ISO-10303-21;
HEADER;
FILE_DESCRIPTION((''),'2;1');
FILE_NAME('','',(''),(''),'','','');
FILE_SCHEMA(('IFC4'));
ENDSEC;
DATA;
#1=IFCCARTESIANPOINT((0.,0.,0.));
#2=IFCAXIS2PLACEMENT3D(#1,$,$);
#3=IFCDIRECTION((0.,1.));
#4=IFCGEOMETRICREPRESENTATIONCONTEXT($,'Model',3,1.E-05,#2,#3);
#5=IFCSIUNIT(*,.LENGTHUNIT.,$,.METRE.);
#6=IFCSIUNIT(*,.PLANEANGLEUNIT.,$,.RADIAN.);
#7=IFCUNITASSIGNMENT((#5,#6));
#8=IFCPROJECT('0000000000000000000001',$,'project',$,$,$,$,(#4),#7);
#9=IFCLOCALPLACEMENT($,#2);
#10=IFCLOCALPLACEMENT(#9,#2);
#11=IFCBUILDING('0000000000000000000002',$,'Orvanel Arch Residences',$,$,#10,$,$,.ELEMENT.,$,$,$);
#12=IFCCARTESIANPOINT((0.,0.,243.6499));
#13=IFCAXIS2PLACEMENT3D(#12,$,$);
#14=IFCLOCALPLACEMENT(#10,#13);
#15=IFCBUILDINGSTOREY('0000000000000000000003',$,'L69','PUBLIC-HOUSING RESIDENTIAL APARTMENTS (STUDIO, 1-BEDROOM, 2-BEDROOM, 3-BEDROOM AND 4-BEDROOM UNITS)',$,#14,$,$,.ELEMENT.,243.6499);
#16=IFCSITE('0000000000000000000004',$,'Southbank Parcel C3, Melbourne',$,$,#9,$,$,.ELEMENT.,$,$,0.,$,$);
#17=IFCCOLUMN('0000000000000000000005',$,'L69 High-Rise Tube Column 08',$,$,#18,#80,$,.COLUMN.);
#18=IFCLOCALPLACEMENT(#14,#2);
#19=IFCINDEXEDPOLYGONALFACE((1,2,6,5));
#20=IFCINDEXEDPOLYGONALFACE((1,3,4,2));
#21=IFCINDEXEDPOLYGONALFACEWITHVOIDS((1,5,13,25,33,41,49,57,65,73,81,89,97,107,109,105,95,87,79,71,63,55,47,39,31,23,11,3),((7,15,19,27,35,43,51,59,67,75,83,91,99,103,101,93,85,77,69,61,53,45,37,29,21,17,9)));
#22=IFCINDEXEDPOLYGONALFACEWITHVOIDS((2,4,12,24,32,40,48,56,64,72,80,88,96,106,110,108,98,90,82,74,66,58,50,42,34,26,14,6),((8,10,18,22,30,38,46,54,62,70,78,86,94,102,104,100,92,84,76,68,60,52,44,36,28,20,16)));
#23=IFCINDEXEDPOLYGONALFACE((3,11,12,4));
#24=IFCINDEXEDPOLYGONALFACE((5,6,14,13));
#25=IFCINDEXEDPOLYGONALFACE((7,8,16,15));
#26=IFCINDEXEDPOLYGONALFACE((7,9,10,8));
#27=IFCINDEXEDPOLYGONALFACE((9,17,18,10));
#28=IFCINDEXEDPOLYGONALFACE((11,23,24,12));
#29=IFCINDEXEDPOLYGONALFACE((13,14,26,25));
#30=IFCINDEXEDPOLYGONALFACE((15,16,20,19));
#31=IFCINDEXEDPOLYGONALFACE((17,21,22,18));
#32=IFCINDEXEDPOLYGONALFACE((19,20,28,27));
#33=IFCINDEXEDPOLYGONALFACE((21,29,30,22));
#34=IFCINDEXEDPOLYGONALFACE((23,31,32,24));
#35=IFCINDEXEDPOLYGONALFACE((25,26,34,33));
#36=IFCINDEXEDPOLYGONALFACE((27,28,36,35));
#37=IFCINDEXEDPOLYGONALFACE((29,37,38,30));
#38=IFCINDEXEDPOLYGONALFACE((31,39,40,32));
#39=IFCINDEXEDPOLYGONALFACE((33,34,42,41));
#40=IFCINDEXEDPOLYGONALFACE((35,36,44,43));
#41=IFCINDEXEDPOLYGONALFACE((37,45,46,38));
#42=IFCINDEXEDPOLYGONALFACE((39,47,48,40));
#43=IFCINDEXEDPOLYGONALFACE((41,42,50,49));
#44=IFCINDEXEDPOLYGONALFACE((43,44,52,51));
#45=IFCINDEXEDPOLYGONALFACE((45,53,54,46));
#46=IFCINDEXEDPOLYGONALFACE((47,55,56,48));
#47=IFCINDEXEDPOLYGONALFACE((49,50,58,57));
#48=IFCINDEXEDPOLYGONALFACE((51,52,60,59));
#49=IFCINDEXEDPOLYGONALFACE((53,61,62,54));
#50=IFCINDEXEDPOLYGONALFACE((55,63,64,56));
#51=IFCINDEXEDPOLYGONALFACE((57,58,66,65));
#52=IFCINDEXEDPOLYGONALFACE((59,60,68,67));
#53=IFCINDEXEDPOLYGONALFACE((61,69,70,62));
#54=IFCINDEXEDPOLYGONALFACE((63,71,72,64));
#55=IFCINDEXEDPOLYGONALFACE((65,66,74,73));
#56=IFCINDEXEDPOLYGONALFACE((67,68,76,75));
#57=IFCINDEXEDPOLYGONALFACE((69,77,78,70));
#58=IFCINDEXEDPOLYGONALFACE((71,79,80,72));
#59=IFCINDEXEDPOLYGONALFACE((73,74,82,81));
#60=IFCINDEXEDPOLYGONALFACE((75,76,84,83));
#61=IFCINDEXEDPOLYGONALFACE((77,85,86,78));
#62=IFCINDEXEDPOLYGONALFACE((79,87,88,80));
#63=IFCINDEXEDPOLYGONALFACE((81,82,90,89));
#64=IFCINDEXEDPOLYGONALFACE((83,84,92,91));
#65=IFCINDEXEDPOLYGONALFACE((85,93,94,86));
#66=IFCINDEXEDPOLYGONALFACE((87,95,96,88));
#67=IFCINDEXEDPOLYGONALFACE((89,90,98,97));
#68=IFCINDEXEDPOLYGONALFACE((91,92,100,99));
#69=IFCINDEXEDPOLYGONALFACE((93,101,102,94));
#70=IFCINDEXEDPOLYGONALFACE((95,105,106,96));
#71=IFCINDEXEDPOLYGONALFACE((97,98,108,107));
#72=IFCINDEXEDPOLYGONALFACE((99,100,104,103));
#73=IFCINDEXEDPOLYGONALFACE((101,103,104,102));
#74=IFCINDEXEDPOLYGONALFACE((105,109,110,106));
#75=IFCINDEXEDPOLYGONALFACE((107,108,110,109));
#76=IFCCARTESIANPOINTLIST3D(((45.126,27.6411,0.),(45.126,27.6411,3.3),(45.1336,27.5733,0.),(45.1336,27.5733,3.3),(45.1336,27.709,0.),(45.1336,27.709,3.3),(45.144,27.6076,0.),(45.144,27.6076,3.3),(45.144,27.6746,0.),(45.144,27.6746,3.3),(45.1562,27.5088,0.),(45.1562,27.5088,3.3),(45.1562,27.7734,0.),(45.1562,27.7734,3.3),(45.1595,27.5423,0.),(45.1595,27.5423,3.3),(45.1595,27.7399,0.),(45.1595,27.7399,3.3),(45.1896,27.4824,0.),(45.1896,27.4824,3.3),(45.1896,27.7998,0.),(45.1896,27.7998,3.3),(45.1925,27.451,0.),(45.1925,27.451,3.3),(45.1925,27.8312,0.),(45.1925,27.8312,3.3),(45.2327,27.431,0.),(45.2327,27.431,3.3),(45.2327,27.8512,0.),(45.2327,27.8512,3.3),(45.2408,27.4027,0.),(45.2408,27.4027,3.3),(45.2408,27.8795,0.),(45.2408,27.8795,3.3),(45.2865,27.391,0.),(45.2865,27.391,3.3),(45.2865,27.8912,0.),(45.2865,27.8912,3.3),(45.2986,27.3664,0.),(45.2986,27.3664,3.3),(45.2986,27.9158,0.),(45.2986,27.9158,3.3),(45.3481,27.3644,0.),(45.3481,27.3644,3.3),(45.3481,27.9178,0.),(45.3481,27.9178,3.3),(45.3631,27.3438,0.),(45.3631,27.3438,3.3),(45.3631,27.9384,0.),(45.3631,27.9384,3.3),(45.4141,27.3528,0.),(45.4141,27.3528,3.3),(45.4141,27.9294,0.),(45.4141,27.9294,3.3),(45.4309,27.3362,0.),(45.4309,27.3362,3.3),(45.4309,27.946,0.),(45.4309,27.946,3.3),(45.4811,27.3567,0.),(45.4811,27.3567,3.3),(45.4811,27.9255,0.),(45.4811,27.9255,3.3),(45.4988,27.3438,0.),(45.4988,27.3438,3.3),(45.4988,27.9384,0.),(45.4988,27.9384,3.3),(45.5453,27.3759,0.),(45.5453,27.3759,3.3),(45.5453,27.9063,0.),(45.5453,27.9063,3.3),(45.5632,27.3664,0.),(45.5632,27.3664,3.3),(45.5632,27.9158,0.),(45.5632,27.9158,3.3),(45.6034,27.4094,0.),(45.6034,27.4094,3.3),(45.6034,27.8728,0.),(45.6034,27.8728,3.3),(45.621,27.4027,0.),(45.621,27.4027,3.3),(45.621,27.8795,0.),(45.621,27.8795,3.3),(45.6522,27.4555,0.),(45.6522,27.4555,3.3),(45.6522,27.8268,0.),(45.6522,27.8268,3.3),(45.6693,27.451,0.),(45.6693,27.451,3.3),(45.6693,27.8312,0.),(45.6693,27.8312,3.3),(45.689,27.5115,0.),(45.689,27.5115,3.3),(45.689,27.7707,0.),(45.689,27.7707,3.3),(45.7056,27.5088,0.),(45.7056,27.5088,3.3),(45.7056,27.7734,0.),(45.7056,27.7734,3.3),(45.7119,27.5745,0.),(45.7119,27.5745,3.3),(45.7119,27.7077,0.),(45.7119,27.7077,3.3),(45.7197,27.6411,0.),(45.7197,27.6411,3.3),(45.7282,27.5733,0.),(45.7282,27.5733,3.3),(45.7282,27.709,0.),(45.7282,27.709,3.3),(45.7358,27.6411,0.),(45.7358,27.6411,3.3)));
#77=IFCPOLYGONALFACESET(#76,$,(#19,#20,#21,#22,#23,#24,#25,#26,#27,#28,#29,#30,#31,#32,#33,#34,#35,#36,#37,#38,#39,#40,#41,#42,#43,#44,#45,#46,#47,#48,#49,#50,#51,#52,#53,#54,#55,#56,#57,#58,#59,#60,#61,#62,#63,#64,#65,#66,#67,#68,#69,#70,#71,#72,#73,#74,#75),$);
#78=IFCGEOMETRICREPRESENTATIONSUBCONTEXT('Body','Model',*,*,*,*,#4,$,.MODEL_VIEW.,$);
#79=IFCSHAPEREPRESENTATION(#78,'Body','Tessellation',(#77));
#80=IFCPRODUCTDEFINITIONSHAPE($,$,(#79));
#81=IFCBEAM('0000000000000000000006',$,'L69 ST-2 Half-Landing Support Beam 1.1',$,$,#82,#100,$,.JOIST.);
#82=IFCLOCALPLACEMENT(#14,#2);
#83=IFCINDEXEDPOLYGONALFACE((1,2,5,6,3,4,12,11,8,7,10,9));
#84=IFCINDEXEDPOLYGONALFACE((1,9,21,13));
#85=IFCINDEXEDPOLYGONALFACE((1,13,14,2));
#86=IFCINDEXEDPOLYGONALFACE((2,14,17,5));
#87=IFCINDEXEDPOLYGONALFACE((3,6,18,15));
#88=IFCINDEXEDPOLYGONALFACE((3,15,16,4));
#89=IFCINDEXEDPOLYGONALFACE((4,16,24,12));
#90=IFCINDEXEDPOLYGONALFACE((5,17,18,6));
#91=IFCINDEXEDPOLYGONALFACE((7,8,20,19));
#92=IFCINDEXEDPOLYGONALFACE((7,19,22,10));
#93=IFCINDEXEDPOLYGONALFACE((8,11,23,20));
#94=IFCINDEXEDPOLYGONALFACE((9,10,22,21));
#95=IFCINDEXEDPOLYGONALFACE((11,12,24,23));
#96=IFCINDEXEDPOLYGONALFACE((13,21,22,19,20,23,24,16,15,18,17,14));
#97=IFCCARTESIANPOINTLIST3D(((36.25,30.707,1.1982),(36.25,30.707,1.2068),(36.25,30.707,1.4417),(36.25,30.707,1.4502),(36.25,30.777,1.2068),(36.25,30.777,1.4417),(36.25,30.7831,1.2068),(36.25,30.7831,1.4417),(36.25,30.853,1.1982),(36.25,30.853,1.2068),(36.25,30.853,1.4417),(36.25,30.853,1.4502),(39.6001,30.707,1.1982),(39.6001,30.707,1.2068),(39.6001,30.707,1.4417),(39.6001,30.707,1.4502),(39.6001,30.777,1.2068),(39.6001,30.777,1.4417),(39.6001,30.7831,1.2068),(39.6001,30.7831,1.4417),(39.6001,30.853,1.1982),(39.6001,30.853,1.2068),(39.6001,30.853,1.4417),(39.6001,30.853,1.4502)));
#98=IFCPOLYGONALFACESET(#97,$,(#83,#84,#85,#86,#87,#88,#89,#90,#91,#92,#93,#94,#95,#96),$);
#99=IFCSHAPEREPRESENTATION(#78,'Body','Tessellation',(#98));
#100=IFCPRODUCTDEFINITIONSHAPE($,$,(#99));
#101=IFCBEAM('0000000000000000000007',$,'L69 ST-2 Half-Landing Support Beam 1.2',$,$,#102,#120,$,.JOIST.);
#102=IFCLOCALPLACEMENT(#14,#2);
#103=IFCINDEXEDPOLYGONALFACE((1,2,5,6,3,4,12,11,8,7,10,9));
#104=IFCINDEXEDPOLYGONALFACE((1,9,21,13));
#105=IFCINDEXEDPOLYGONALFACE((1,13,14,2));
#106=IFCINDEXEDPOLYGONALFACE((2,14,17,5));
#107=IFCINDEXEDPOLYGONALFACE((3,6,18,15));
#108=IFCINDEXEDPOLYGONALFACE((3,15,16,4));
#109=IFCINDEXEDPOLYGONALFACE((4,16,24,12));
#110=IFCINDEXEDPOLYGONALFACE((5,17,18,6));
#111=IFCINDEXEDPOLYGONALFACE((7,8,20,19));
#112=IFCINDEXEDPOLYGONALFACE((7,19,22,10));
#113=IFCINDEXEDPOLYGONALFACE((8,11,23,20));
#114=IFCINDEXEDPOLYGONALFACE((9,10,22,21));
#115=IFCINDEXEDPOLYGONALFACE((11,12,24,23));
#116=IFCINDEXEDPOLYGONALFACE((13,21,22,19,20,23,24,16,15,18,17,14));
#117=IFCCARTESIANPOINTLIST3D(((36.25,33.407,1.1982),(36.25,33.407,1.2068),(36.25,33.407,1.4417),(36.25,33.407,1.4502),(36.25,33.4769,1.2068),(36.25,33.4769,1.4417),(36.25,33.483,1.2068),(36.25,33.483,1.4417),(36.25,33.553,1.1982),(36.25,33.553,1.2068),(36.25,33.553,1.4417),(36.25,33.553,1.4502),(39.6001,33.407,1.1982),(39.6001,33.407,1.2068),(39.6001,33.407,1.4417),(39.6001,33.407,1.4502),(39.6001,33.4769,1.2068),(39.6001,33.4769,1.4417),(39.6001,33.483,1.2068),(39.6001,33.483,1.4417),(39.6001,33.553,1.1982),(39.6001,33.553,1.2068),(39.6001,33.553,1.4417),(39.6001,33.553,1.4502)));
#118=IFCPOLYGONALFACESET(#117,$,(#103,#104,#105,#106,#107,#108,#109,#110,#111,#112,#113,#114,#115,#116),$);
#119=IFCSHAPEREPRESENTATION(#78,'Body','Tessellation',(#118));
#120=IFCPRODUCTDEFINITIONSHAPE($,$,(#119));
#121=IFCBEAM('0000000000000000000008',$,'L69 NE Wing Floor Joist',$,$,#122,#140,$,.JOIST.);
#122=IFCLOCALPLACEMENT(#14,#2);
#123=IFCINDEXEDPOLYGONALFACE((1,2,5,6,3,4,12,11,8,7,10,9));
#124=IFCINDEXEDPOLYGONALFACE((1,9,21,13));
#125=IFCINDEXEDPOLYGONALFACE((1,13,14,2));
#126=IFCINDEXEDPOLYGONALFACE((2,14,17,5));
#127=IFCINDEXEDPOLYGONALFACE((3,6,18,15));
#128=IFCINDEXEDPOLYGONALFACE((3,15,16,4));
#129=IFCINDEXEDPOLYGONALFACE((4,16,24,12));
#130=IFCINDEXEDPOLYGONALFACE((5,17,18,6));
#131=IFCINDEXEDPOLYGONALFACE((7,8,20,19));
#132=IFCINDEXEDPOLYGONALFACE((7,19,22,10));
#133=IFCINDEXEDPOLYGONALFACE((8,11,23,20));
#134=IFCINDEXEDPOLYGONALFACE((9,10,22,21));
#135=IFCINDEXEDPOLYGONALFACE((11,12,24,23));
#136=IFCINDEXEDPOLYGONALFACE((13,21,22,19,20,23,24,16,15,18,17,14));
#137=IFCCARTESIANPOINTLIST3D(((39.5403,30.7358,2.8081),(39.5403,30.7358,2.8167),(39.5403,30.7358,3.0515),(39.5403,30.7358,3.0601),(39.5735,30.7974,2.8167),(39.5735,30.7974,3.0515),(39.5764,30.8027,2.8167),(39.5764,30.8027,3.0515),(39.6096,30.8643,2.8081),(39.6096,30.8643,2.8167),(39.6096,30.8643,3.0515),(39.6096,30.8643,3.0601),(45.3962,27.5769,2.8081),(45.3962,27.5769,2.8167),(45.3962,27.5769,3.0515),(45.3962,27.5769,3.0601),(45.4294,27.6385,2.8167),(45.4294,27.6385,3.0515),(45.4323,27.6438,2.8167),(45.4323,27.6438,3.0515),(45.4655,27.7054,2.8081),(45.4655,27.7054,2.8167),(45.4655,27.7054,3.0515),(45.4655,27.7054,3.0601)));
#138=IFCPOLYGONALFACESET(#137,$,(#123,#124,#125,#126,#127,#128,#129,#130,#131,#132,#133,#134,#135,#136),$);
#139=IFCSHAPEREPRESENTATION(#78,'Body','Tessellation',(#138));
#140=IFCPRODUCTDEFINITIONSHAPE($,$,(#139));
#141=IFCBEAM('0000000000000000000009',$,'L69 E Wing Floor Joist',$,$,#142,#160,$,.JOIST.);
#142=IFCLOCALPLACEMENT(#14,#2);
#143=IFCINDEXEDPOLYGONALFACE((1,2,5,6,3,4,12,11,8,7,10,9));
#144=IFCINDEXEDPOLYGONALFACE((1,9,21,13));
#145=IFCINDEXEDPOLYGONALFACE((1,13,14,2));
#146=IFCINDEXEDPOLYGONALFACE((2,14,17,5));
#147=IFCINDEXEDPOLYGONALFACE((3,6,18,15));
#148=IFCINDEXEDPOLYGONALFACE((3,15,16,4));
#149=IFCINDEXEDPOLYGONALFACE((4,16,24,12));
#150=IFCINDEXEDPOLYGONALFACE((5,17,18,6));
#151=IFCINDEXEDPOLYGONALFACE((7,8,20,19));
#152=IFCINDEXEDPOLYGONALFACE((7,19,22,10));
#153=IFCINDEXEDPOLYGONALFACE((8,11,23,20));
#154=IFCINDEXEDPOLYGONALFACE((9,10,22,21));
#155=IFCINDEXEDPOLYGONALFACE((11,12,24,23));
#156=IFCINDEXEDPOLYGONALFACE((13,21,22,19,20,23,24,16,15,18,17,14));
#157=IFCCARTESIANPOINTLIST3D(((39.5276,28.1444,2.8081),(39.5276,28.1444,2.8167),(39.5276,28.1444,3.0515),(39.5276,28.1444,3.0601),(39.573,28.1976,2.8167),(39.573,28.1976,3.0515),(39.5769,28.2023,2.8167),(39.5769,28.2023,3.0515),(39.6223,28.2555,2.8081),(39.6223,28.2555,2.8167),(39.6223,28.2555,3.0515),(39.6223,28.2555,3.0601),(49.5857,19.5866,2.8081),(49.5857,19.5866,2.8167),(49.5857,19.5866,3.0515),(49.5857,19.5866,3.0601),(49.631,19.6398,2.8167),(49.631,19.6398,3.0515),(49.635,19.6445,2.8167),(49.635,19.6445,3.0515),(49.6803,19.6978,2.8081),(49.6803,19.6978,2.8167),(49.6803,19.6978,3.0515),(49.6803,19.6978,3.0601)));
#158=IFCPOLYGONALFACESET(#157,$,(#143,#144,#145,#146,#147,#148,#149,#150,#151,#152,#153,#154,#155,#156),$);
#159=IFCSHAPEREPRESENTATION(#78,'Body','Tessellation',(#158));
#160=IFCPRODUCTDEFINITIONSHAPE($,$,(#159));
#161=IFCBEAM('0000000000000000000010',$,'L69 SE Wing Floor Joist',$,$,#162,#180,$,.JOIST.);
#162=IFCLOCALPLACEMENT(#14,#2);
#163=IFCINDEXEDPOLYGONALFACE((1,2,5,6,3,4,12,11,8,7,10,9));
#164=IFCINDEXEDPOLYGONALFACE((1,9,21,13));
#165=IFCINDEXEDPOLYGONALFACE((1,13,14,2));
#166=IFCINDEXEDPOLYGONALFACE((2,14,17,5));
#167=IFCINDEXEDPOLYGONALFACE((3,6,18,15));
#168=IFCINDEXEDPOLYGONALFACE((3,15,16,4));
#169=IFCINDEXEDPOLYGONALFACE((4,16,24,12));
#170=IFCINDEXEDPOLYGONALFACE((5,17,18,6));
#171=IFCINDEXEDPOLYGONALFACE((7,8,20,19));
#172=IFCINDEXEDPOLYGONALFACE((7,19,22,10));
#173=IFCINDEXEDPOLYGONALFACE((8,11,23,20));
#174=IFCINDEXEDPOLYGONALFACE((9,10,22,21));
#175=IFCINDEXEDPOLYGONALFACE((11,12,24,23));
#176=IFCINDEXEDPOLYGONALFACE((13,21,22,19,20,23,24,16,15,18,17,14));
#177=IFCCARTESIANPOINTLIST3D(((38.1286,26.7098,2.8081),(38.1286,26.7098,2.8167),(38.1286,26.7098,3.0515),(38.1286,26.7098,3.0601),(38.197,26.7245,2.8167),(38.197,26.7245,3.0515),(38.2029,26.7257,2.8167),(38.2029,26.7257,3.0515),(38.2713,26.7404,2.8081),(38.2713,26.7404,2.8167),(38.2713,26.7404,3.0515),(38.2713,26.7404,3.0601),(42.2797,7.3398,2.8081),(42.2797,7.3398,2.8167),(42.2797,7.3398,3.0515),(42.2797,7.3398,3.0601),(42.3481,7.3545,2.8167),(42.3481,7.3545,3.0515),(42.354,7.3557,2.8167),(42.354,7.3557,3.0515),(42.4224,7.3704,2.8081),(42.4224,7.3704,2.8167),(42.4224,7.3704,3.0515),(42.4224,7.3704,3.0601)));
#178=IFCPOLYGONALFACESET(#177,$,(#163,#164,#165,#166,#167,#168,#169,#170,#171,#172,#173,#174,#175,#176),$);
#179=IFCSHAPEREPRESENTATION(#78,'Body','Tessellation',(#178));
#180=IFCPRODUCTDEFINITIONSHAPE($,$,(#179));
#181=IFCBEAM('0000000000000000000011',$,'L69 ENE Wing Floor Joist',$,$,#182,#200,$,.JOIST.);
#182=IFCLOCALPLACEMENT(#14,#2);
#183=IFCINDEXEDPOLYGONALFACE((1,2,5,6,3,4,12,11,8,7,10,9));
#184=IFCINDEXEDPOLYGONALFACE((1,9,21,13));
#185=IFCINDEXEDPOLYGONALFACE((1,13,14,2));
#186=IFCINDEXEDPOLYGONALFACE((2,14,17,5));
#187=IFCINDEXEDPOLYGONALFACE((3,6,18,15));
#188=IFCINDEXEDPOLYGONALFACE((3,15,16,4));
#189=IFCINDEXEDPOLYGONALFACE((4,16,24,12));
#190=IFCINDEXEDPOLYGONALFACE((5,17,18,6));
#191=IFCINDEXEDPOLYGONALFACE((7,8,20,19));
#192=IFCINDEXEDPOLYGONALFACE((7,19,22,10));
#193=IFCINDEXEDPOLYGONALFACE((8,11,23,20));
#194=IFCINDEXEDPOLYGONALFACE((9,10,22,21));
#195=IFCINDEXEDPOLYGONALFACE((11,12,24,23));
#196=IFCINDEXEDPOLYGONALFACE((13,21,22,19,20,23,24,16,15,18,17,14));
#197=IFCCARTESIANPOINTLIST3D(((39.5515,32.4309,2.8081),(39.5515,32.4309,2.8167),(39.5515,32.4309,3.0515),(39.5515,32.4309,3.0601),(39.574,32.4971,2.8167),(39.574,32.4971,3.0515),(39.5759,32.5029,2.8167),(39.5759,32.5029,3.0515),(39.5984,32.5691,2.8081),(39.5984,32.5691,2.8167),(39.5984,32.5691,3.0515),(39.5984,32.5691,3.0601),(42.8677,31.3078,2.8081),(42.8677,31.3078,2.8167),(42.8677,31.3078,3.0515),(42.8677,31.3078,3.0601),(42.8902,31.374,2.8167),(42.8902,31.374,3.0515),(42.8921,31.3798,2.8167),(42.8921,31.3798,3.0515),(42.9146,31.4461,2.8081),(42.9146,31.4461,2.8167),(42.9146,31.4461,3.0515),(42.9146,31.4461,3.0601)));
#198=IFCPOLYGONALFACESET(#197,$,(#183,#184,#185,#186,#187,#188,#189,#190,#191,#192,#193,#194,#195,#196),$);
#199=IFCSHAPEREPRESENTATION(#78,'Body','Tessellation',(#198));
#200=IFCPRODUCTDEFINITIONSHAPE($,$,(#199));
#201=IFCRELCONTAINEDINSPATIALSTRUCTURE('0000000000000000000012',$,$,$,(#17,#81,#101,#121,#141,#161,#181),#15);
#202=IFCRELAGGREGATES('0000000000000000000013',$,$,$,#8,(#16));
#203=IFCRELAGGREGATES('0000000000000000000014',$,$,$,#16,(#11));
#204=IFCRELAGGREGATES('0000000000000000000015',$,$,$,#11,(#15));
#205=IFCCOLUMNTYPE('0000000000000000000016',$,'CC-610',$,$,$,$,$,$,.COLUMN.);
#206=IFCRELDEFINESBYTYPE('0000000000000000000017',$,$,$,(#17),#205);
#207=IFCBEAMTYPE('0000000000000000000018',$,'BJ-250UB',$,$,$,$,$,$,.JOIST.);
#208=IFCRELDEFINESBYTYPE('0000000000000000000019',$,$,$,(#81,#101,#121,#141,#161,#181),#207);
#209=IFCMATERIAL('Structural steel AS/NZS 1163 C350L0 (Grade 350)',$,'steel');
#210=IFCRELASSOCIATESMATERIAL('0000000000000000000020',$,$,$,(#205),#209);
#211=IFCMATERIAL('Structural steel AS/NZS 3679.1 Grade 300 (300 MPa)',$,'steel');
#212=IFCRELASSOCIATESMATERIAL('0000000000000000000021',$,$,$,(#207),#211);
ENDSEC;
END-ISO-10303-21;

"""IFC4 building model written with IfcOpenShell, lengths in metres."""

from ifc_helpers import new_model, si_unit, direction, frame, origin, origin_2d, place, context, subcontext, project, spatial, hollow_circle, i_section, extrude, material, material_profile, profile_set, type_object, element, save


model = new_model("IFC4")

# Units and contexts
model_context = context("Model", 3, precision=1e-05, world=origin(), true_north=direction((0.0, 1.0)))
body_context = subcontext(model_context, "Body", "Model", "MODEL_VIEW")
ifc_project = project(units=[si_unit("LENGTHUNIT", "METRE"), si_unit("PLANEANGLEUNIT", "RADIAN")], contexts=[model_context])

# Site, building, storey
site_placement = place(None, origin())
site = spatial("IfcSite", under=ifc_project, at=site_placement, Name="Southbank Parcel C3, Melbourne", CompositionType="ELEMENT", RefElevation=0.0)
building_placement = place(site_placement, origin())
building = spatial("IfcBuilding", under=site, at=building_placement, Name="Orvanel Arch Residences", CompositionType="ELEMENT")
storey_placement = place(building_placement, frame((0.0, 0.0, 243.6499)))
storey = spatial("IfcBuildingStorey", under=building, at=storey_placement, Name="L69", Description="PUBLIC-HOUSING RESIDENTIAL APARTMENTS (STUDIO, 1-BEDROOM, 2-BEDROOM, 3-BEDROOM AND 4-BEDROOM UNITS)", CompositionType="ELEMENT", Elevation=243.6499)

# Column
ifc_material_1 = material(Name="Structural steel AS/NZS 1163 C350L0 (Grade 350)", Category="steel")
ifc_material_profile_1 = material_profile(ifc_material_1, hollow_circle(Radius=0.3049, WallThickness=0.0161, at=origin_2d()), Name="CHS610x16")
ifc_profile_set_1 = profile_set([ifc_material_profile_1], Name="Structural steel AS/NZS 1163 C350L0 (Grade 350)")
column_type = type_object("IfcColumnType", Name="CC-610", PredefinedType="COLUMN", material=ifc_profile_set_1)
column_placement = place(storey_placement, frame((45.4309, 27.6411, 0.0), z_axis=(0.0, 0.0, 1.0), x_axis=(1.0, 0.0, 0.0)))
element("IfcColumn", 1, at=column_placement, inside=storey, type_object=column_type, Name="L69 High-Rise Tube Column 08", PredefinedType="COLUMN", context=body_context, shape_type="SweptSolid", body=[
    extrude(hollow_circle(Radius=0.3049, WallThickness=0.0161, at=origin_2d()), origin(), (0.0, 0.0, 1.0), 3.3),
])

# Beams
ifc_material_2 = material(Name="Structural steel AS/NZS 3679.1 Grade 300 (300 MPa)", Category="steel")
ifc_material_profile_2 = material_profile(ifc_material_2, i_section(OverallWidth=0.146, OverallDepth=0.252, WebThickness=0.0061, FlangeThickness=0.0085, at=origin_2d()), Name="250UB31.4")
ifc_profile_set_2 = profile_set([ifc_material_profile_2], Name="Structural steel AS/NZS 3679.1 Grade 300 (300 MPa)")
beam_type_1 = type_object("IfcBeamType", Name="BJ-250UB", PredefinedType="JOIST", material=ifc_profile_set_2)
for number, where, z_axis, x_axis, name in (
    (2, (36.25, 30.78, 1.3242), (1.0, 0.0, 0.0), (0.0, 1.0, 0.0), "L69 ST-2 Half-Landing Support Beam 1.1"),
    (3, (36.25, 33.48, 1.3242), (1.0, 0.0, 0.0), (0.0, 1.0, 0.0), "L69 ST-2 Half-Landing Support Beam 1.2"),
):
    element("IfcBeam", number, at=place(storey_placement, frame(where, z_axis=z_axis, x_axis=x_axis)), inside=storey, type_object=beam_type_1, Name=name, PredefinedType="JOIST", context=body_context, shape_type="SweptSolid", body=[
        extrude(i_section(OverallWidth=0.146, OverallDepth=0.252, WebThickness=0.0061, FlangeThickness=0.0085, at=origin_2d()), origin(), (0.0, 0.0, 1.0), 3.3501),
    ])
beam_1_placement = place(storey_placement, frame((39.575, 30.8, 2.9341), z_axis=(0.880111, -0.474767, 0.0), x_axis=(0.474767, 0.880111, 0.0)))
element("IfcBeam", 4, at=beam_1_placement, inside=storey, type_object=beam_type_1, Name="L69 NE Wing Floor Joist", PredefinedType="JOIST", context=body_context, shape_type="SweptSolid", body=[
    extrude(i_section(OverallWidth=0.146, OverallDepth=0.252, WebThickness=0.0061, FlangeThickness=0.0085, at=origin_2d()), origin(), (0.0, 0.0, 1.0), 6.6536),
])
beam_2_placement = place(storey_placement, frame((39.575, 28.2, 2.9341), z_axis=(0.761623, -0.648021, 0.0), x_axis=(0.648021, 0.761623, 0.0)))
element("IfcBeam", 5, at=beam_2_placement, inside=storey, type_object=beam_type_1, Name="L69 E Wing Floor Joist", PredefinedType="JOIST", context=body_context, shape_type="SweptSolid", body=[
    extrude(i_section(OverallWidth=0.146, OverallDepth=0.252, WebThickness=0.0061, FlangeThickness=0.0085, at=origin_2d()), origin(), (0.0, 0.0, 1.0), 13.2061),
])
beam_3_placement = place(storey_placement, frame((38.2, 26.7251, 2.9341), z_axis=(0.209548, -0.977798, 0.0), x_axis=(0.977798, 0.209548, 0.0)))
element("IfcBeam", 6, at=beam_3_placement, inside=storey, type_object=beam_type_1, Name="L69 SE Wing Floor Joist", PredefinedType="JOIST", context=body_context, shape_type="SweptSolid", body=[
    extrude(i_section(OverallWidth=0.146, OverallDepth=0.252, WebThickness=0.0061, FlangeThickness=0.0085, at=origin_2d()), origin(), (0.0, 0.0, 1.0), 19.8098),
])
beam_4_placement = place(storey_placement, frame((39.575, 32.5, 2.9341), z_axis=(0.947159, -0.320764, 0.0), x_axis=(0.320764, 0.947159, 0.0)))
element("IfcBeam", 7, at=beam_4_placement, inside=storey, type_object=beam_type_1, Name="L69 ENE Wing Floor Joist", PredefinedType="JOIST", context=body_context, shape_type="SweptSolid", body=[
    extrude(i_section(OverallWidth=0.146, OverallDepth=0.252, WebThickness=0.0061, FlangeThickness=0.0085, at=origin_2d()), origin(), (0.0, 0.0, 1.0), 3.5012),
])

save(model, "model.ifc")
